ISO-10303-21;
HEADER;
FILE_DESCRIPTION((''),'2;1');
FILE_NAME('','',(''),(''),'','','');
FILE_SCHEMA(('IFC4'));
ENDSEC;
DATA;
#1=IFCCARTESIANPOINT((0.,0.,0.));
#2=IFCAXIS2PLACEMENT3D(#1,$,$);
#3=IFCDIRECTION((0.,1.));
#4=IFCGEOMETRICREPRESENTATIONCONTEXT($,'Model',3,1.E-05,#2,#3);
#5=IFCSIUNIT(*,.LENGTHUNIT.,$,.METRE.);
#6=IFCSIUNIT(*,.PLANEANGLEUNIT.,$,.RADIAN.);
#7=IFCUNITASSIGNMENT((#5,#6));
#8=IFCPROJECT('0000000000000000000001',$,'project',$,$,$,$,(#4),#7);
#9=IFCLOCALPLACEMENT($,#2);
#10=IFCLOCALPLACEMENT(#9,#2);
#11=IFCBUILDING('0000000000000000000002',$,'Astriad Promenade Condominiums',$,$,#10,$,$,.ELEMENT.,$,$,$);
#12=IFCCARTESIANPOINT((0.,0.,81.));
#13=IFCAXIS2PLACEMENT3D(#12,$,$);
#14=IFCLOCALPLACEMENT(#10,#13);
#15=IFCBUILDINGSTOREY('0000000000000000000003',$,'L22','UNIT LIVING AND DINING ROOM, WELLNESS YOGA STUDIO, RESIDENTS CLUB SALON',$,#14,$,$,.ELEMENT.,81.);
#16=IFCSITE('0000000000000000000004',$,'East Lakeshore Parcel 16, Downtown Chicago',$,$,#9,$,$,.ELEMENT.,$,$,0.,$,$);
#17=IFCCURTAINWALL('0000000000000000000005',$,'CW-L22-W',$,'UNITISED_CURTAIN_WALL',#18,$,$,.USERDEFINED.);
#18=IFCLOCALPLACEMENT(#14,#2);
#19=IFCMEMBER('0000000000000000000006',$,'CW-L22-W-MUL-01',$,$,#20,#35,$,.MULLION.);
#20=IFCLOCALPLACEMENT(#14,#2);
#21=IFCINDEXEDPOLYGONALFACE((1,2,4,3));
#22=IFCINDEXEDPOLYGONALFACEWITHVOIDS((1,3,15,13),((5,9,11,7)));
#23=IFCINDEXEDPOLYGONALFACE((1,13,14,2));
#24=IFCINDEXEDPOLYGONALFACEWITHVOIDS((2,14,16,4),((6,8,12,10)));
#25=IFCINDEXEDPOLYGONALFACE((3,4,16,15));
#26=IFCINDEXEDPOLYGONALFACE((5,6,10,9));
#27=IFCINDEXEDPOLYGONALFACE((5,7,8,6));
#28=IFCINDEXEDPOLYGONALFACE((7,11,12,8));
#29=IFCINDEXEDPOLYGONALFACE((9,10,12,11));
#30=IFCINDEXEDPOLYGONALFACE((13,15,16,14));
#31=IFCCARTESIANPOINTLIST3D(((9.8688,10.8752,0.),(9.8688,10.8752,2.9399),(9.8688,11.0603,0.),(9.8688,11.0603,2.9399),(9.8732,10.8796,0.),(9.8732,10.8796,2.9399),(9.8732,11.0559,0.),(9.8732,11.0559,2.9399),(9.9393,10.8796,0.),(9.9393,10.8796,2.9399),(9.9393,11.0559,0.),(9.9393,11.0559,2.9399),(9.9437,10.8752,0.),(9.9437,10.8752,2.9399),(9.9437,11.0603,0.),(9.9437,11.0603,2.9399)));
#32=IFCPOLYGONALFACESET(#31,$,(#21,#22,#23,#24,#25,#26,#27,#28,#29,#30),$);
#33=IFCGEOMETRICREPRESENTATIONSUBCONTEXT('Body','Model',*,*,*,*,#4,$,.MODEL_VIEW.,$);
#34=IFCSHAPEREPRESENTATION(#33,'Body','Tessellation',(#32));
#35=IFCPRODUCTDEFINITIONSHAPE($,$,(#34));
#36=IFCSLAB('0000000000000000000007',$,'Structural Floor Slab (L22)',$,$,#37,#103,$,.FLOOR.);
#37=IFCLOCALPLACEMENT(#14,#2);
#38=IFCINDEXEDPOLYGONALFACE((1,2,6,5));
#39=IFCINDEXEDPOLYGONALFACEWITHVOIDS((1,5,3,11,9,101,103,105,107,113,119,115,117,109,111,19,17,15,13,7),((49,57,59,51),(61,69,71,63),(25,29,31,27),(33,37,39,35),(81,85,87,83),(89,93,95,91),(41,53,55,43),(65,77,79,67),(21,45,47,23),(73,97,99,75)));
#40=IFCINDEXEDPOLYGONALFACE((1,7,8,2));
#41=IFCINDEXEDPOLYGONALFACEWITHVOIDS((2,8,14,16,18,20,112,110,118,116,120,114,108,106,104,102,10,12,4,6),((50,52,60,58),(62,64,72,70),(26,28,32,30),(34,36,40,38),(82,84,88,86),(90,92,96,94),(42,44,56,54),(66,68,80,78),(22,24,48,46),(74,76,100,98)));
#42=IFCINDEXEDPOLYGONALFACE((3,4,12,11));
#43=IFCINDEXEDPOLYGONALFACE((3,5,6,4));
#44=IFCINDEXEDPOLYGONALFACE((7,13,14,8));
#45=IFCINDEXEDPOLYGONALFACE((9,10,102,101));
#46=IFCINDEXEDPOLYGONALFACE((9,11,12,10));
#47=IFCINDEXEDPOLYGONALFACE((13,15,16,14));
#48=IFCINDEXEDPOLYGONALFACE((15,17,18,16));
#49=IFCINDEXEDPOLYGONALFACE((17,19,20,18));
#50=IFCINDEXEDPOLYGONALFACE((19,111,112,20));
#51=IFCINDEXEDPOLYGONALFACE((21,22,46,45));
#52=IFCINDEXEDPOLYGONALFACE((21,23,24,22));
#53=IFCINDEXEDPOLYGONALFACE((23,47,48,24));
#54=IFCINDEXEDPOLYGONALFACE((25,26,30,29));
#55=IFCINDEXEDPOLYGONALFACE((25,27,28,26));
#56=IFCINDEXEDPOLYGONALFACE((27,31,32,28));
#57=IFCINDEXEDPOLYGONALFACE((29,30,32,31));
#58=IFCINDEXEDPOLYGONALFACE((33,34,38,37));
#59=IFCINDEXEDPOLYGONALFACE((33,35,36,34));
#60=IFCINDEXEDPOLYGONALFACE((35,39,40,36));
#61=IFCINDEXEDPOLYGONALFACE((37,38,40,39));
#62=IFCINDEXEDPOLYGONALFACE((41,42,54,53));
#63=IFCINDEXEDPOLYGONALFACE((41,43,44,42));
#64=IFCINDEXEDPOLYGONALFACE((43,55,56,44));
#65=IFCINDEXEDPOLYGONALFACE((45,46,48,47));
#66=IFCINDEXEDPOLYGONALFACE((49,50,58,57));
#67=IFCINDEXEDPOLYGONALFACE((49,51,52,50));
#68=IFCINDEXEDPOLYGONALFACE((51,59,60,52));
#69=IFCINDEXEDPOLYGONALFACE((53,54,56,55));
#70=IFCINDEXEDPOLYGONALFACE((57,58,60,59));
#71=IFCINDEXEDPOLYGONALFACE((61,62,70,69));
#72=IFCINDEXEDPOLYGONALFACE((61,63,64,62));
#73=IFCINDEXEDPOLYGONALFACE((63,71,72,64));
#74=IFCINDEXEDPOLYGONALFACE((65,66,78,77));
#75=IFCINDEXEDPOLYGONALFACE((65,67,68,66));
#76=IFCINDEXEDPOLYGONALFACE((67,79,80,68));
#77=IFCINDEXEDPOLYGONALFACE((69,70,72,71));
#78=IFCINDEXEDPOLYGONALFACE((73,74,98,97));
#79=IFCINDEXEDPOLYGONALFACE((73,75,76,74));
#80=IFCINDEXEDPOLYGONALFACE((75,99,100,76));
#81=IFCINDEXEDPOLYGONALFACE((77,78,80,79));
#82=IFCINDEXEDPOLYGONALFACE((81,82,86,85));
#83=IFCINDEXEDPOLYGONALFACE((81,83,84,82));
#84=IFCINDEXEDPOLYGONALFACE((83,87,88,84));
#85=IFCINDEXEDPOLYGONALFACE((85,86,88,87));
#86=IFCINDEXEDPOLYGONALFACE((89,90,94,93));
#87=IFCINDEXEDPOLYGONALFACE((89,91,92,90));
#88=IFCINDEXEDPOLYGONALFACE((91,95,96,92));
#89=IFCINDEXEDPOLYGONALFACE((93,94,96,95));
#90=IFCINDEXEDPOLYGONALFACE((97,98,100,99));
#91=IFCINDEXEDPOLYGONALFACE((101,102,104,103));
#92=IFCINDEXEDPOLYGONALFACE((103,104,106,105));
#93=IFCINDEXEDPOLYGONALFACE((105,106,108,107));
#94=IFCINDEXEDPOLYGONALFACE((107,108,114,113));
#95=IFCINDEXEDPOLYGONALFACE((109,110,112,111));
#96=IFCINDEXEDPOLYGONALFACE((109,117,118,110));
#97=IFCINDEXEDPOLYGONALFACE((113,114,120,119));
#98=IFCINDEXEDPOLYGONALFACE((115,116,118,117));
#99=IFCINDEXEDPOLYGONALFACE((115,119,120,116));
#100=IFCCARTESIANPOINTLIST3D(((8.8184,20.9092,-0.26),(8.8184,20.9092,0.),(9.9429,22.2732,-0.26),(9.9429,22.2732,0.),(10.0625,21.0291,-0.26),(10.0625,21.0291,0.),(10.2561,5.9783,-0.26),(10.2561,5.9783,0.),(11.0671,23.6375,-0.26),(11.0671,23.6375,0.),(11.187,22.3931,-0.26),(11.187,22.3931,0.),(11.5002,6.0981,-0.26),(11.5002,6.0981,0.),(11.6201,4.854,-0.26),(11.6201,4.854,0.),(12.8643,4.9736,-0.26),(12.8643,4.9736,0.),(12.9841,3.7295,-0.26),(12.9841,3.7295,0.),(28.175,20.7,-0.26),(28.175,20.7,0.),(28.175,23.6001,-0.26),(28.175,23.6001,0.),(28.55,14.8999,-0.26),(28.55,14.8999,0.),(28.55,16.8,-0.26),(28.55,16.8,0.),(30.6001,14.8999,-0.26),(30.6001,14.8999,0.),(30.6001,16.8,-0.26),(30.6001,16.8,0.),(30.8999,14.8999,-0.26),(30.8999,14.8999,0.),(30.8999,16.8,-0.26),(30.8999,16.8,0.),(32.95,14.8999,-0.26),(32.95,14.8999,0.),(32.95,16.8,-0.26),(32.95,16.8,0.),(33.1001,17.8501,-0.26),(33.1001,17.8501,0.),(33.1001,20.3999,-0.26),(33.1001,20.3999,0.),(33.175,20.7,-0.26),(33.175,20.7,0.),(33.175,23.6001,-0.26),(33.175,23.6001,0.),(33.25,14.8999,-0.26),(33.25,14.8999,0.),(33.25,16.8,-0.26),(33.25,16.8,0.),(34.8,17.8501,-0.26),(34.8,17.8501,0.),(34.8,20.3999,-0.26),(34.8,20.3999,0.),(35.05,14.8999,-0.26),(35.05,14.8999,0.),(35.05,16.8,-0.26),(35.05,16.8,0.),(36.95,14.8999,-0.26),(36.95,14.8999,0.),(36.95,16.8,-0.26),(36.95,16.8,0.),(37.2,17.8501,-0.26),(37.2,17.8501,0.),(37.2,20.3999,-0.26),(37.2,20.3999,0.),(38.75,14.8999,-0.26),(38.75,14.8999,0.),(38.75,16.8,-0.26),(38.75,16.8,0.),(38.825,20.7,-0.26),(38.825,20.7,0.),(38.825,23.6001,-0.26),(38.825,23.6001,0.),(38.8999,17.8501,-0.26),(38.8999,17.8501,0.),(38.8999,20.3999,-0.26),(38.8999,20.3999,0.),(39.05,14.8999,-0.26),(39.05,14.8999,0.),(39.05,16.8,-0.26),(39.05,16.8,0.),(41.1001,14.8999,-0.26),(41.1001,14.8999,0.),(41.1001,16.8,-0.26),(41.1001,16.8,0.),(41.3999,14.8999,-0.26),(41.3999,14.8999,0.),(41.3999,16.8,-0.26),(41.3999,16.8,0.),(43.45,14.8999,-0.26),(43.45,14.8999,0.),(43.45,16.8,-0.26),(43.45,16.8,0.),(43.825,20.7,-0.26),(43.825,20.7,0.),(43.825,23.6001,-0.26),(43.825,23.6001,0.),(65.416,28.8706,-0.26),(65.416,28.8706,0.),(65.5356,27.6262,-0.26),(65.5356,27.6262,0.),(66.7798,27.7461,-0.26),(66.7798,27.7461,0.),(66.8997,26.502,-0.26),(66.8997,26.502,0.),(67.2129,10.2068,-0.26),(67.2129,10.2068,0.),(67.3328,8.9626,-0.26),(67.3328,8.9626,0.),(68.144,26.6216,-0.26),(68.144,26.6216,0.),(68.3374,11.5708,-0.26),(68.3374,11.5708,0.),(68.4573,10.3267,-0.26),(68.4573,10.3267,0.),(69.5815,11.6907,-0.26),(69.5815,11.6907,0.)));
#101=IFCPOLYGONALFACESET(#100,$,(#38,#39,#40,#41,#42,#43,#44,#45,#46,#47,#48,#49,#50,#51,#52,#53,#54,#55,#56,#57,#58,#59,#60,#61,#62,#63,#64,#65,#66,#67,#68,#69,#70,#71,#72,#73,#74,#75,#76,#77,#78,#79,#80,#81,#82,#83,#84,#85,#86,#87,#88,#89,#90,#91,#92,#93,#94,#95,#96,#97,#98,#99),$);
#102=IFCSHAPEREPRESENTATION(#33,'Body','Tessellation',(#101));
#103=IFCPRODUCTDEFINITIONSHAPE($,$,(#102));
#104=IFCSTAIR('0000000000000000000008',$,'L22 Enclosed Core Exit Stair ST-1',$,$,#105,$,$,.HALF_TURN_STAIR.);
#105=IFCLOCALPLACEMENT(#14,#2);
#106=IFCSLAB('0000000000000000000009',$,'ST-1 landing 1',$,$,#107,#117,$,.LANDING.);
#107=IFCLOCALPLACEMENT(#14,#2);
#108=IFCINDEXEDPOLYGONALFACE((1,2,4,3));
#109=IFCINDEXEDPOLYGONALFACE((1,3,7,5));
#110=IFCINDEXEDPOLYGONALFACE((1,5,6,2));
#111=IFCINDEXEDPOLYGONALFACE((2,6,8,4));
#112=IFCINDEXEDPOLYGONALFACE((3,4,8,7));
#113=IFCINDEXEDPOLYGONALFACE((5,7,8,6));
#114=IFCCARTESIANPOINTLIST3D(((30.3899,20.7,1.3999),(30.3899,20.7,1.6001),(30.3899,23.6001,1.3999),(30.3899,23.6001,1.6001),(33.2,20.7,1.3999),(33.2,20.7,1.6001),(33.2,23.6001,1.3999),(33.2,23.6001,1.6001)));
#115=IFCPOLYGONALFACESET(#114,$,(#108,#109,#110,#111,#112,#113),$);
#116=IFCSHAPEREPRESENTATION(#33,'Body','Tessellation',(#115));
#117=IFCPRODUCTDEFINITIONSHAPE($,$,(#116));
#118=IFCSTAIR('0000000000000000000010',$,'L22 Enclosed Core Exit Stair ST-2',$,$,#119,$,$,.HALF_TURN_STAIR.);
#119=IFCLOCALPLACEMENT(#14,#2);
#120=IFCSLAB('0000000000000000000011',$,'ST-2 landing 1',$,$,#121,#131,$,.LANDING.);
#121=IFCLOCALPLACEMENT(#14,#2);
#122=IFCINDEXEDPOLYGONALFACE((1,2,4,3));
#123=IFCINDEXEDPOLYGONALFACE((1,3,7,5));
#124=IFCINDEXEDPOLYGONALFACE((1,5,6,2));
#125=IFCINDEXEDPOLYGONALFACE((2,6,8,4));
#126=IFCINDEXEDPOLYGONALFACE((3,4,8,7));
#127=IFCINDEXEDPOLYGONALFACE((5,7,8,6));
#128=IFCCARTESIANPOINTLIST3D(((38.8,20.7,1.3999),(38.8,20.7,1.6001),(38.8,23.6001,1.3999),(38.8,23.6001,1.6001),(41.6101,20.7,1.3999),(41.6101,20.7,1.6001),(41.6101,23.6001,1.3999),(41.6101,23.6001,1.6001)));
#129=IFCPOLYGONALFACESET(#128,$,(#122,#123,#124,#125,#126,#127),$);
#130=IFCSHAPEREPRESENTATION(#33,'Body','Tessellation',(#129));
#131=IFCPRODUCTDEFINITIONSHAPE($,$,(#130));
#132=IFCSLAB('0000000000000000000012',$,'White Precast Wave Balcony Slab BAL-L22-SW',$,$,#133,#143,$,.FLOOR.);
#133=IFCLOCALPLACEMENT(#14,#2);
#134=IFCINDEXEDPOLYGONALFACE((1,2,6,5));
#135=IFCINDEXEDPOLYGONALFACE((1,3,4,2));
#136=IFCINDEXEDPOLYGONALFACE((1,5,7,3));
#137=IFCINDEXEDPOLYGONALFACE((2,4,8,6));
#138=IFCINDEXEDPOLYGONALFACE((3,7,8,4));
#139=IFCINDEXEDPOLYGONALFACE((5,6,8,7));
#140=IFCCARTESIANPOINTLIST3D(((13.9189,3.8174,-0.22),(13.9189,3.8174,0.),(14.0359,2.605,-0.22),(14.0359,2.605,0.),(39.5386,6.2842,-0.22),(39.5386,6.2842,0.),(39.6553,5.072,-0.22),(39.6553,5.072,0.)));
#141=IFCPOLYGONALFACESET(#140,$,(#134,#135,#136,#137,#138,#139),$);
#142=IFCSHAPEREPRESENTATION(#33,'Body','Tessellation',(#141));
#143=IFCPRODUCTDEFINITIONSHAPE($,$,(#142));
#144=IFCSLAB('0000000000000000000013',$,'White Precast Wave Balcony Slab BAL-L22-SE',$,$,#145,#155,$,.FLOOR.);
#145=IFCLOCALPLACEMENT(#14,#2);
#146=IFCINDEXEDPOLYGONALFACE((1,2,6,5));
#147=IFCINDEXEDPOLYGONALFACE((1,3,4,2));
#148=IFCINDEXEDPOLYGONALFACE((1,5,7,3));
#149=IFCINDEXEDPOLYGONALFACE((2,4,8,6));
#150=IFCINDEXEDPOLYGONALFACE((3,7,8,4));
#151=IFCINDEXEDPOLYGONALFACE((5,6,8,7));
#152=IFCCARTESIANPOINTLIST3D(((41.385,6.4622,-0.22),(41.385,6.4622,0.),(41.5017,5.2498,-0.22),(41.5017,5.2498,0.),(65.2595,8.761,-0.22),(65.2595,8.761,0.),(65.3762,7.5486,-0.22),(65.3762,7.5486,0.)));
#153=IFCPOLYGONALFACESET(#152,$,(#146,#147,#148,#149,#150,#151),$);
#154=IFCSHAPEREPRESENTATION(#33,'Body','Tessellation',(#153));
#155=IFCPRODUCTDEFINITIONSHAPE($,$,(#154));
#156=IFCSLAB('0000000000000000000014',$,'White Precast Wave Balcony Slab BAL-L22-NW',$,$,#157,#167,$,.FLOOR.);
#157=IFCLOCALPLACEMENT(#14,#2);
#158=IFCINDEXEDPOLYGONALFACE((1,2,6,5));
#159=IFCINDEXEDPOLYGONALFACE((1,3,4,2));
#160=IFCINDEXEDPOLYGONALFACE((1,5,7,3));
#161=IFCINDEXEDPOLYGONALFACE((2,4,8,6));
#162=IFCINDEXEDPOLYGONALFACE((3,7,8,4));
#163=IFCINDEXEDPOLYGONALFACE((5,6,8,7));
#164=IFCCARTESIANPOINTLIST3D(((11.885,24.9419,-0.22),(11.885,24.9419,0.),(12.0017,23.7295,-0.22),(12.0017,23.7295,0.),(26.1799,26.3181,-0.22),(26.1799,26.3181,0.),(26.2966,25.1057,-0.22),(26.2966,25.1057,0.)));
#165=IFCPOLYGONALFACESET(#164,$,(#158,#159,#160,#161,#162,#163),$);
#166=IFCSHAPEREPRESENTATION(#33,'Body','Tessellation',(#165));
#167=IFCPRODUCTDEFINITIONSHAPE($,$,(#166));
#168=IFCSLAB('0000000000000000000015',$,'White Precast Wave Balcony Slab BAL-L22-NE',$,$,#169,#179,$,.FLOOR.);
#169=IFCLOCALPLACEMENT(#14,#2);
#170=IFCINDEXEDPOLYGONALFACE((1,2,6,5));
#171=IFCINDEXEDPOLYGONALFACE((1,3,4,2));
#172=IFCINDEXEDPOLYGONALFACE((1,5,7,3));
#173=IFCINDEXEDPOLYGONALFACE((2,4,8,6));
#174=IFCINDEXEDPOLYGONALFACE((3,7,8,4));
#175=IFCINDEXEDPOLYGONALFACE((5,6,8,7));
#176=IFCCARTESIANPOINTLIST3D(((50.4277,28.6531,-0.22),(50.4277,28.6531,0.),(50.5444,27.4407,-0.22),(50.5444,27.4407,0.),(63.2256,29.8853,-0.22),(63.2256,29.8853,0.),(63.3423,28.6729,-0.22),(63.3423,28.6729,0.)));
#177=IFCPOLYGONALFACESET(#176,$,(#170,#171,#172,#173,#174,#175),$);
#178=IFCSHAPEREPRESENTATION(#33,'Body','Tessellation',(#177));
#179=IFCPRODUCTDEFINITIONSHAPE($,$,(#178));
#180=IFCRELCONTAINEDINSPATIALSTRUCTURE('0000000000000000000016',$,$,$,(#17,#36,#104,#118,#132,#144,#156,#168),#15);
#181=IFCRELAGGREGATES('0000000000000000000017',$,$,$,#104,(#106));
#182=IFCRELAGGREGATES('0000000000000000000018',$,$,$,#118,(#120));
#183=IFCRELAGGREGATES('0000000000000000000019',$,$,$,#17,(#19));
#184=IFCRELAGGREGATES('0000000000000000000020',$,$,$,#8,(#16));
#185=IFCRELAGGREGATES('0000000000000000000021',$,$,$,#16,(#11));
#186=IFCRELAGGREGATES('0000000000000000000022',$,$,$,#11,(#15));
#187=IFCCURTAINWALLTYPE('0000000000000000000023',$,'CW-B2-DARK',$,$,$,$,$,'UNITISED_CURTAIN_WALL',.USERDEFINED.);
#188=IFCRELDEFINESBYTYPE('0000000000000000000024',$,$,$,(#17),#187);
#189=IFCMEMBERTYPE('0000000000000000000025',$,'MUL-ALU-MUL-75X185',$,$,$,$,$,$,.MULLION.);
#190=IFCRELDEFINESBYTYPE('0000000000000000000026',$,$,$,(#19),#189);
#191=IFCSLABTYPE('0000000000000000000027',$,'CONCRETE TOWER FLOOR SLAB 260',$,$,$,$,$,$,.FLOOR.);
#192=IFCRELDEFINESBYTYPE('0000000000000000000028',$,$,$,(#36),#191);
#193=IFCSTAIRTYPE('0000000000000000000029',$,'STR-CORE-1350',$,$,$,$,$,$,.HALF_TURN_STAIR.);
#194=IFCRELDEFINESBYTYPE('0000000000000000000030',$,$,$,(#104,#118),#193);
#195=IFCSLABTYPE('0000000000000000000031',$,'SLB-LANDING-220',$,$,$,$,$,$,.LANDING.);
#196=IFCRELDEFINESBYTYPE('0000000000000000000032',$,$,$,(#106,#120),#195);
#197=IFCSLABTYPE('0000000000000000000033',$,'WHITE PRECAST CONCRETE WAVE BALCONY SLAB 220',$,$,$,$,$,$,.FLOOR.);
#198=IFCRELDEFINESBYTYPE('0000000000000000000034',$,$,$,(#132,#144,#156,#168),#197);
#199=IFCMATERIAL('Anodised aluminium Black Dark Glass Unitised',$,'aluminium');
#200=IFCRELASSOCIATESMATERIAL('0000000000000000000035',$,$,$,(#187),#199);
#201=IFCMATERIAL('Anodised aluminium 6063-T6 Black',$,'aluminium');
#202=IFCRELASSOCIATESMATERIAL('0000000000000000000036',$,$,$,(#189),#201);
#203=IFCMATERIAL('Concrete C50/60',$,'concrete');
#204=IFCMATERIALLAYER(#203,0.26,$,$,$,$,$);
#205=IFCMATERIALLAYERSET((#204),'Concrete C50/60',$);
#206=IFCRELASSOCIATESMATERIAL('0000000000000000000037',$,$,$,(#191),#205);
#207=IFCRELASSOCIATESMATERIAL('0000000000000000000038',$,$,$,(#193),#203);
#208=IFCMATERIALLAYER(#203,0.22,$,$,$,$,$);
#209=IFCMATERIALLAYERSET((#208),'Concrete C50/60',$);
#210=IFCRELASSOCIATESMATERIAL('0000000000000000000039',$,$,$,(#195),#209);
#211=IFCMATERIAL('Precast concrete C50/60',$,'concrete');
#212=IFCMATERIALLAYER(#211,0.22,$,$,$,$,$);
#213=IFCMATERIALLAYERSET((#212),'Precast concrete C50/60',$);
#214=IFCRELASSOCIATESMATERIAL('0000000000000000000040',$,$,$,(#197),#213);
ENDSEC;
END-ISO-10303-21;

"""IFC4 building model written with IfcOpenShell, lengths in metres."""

from ifc_helpers import new_model, si_unit, direction, frame, origin, origin_2d, place, context, subcontext, project, spatial, polyline, hollow_rectangle, outline, extrude, source, transform, mapped, material, layer, layer_set, material_profile, profile_set, type_object, type_shapes, element, aggregate, save


model = new_model("IFC4")

# Units and contexts
model_context = context("Model", 3, precision=1e-05, world=origin(), true_north=direction((0.0, 1.0)))
body_context = subcontext(model_context, "Body", "Model", "MODEL_VIEW")
ifc_project = project(units=[si_unit("LENGTHUNIT", "METRE"), si_unit("PLANEANGLEUNIT", "RADIAN")], contexts=[model_context])

# Site, building, storey
site_placement = place(None, origin())
site = spatial("IfcSite", under=ifc_project, at=site_placement, Name="East Lakeshore Parcel 16, Downtown Chicago", CompositionType="ELEMENT", RefElevation=0.0)
building_placement = place(site_placement, origin())
building = spatial("IfcBuilding", under=site, at=building_placement, Name="Astriad Promenade Condominiums", CompositionType="ELEMENT")
storey_placement = place(building_placement, frame((0.0, 0.0, 81.0)))
storey = spatial("IfcBuildingStorey", under=building, at=storey_placement, Name="L22", Description="UNIT LIVING AND DINING ROOM, WELLNESS YOGA STUDIO, RESIDENTS CLUB SALON", CompositionType="ELEMENT", Elevation=81.0)

# Curtain wall, member
ifc_material_1 = material(Name="Anodised aluminium Black Dark Glass Unitised", Category="aluminium")
curtain_wall_type = type_object("IfcCurtainWallType", Name="CW-B2-DARK", ElementType="UNITISED_CURTAIN_WALL", PredefinedType="USERDEFINED", material=ifc_material_1)
curtain_wall_placement = place(storey_placement, origin())
curtain_wall = element("IfcCurtainWall", 1, at=curtain_wall_placement, inside=storey, type_object=curtain_wall_type, Name="CW-L22-W", ObjectType="UNITISED_CURTAIN_WALL", PredefinedType="USERDEFINED")
ifc_material_2 = material(Name="Anodised aluminium 6063-T6 Black", Category="aluminium")
ifc_material_profile = material_profile(ifc_material_2, hollow_rectangle(XDim=0.075, YDim=0.1851, WallThickness=0.0044, at=origin_2d()), Name="ALU-MUL-75X185")
ifc_profile_set = profile_set([ifc_material_profile], Name="Anodised aluminium 6063-T6 Black")
member_type = type_object("IfcMemberType", Name="MUL-ALU-MUL-75X185", PredefinedType="MULLION", material=ifc_profile_set)
shared_shape_1 = source(origin(), body_context, "Body", "SweptSolid", [
    extrude(hollow_rectangle(XDim=0.075, YDim=0.1851, WallThickness=0.0044, at=origin_2d()), origin(), (0.0, 0.0, 1.0), 2.9399),
])
type_shapes(member_type, [shared_shape_1])
member_placement = place(storey_placement, frame((9.9062, 10.9678, 0.0), z_axis=(0.0, 0.0, 1.0), x_axis=(1.0, 0.0, 0.0)))
member = element("IfcMember", 2, at=member_placement, type_object=member_type, Name="CW-L22-W-MUL-01", PredefinedType="MULLION", context=body_context, shape_type="MappedRepresentation", body=[
    mapped(shared_shape_1, transform((0.0, 0.0, 0.0), scale=1.0)),
])

# Slab
ifc_material_3 = material(Name="Concrete C50/60", Category="concrete")
ifc_layer_1 = layer(ifc_material_3, 0.26)
ifc_layer_set_1 = layer_set([ifc_layer_1], Name="Concrete C50/60")
slab_type_1 = type_object("IfcSlabType", Name="CONCRETE TOWER FLOOR SLAB 260", PredefinedType="FLOOR", material=ifc_layer_set_1)
slab_1_placement = place(storey_placement, frame((0.0, 0.0, -0.26)))
element("IfcSlab", 3, at=slab_1_placement, inside=storey, type_object=slab_type_1, Name="Structural Floor Slab (L22)", PredefinedType="FLOOR", context=body_context, shape_type="SweptSolid", body=[
    extrude(outline(polyline([(12.9841, 3.7295), (67.3328, 8.9626), (67.2129, 10.2068), (68.4573, 10.3267), (68.3374, 11.5708), (69.5815, 11.6907), (68.144, 26.6216), (66.8997, 26.502), (66.7798, 27.7461), (65.5356, 27.6262), (65.416, 28.8706), (11.0671, 23.6375), (11.187, 22.3931), (9.9429, 22.2732), (10.0625, 21.0291), (8.8184, 20.9092), (10.2561, 5.9783), (11.5002, 6.0981), (11.6201, 4.854), (12.8643, 4.9736), (12.9841, 3.7295)]), holes=[polyline([(28.175, 20.7), (33.175, 20.7), (33.175, 23.6001), (28.175, 23.6001), (28.175, 20.7)]), polyline([(38.825, 20.7), (43.825, 20.7), (43.825, 23.6001), (38.825, 23.6001), (38.825, 20.7)]), polyline([(33.1001, 17.8501), (34.8, 17.8501), (34.8, 20.3999), (33.1001, 20.3999), (33.1001, 17.8501)]), polyline([(37.2, 17.8501), (38.8999, 17.8501), (38.8999, 20.3999), (37.2, 20.3999), (37.2, 17.8501)]), polyline([(28.55, 14.8999), (30.6001, 14.8999), (30.6001, 16.8), (28.55, 16.8), (28.55, 14.8999)]), polyline([(30.8999, 14.8999), (32.95, 14.8999), (32.95, 16.8), (30.8999, 16.8), (30.8999, 14.8999)]), polyline([(33.25, 14.8999), (35.05, 14.8999), (35.05, 16.8), (33.25, 16.8), (33.25, 14.8999)]), polyline([(36.95, 14.8999), (38.75, 14.8999), (38.75, 16.8), (36.95, 16.8), (36.95, 14.8999)]), polyline([(39.05, 14.8999), (41.1001, 14.8999), (41.1001, 16.8), (39.05, 16.8), (39.05, 14.8999)]), polyline([(41.3999, 14.8999), (43.45, 14.8999), (43.45, 16.8), (41.3999, 16.8), (41.3999, 14.8999)])]), origin(), (0.0, 0.0, 1.0), 0.26),
])

# Stairs, slabs
stair_type = type_object("IfcStairType", Name="STR-CORE-1350", PredefinedType="HALF_TURN_STAIR", material=ifc_material_3)
stair_1_placement = place(storey_placement, origin())
stair_1 = element("IfcStair", 4, at=stair_1_placement, inside=storey, type_object=stair_type, Name="L22 Enclosed Core Exit Stair ST-1", PredefinedType="HALF_TURN_STAIR")
ifc_layer_2 = layer(ifc_material_3, 0.22)
ifc_layer_set_2 = layer_set([ifc_layer_2], Name="Concrete C50/60")
slab_type_2 = type_object("IfcSlabType", Name="SLB-LANDING-220", PredefinedType="LANDING", material=ifc_layer_set_2)
slab_2_placement = place(storey_placement, frame((0.0, 0.0, 1.3999)))
slab_2 = element("IfcSlab", 5, at=slab_2_placement, type_object=slab_type_2, Name="ST-1 landing 1", PredefinedType="LANDING", context=body_context, shape_type="SweptSolid", body=[
    extrude(outline(polyline([(30.3899, 20.7), (33.2, 20.7), (33.2, 23.6001), (30.3899, 23.6001), (30.3899, 20.7)])), origin(), (0.0, 0.0, 1.0), 0.2002),
])
aggregate(stair_1, [slab_2])
stair_2_placement = place(storey_placement, origin())
stair_2 = element("IfcStair", 6, at=stair_2_placement, inside=storey, type_object=stair_type, Name="L22 Enclosed Core Exit Stair ST-2", PredefinedType="HALF_TURN_STAIR")
slab_3_placement = place(storey_placement, frame((0.0, 0.0, 1.3999)))
slab_3 = element("IfcSlab", 7, at=slab_3_placement, type_object=slab_type_2, Name="ST-2 landing 1", PredefinedType="LANDING", context=body_context, shape_type="SweptSolid", body=[
    extrude(outline(polyline([(41.6101, 23.6001), (38.8, 23.6001), (38.8, 20.7), (41.6101, 20.7), (41.6101, 23.6001)])), origin(), (0.0, 0.0, 1.0), 0.2002),
])
aggregate(stair_2, [slab_3])

# Slabs
ifc_material_4 = material(Name="Precast concrete C50/60", Category="concrete")
ifc_layer_3 = layer(ifc_material_4, 0.22)
ifc_layer_set_3 = layer_set([ifc_layer_3], Name="Precast concrete C50/60")
slab_type_3 = type_object("IfcSlabType", Name="WHITE PRECAST CONCRETE WAVE BALCONY SLAB 220", PredefinedType="FLOOR", material=ifc_layer_set_3)
slab_4_placement = place(storey_placement, frame((0.0, 0.0, -0.22)))
element("IfcSlab", 8, at=slab_4_placement, inside=storey, type_object=slab_type_3, Name="White Precast Wave Balcony Slab BAL-L22-SW", PredefinedType="FLOOR", context=body_context, shape_type="SweptSolid", body=[
    extrude(outline(polyline([(39.6553, 5.072), (14.0359, 2.605), (13.9189, 3.8174), (39.5386, 6.2842), (39.6553, 5.072)])), origin(), (0.0, 0.0, 1.0), 0.22),
])
slab_5_placement = place(storey_placement, frame((0.0, 0.0, -0.22)))
element("IfcSlab", 9, at=slab_5_placement, inside=storey, type_object=slab_type_3, Name="White Precast Wave Balcony Slab BAL-L22-SE", PredefinedType="FLOOR", context=body_context, shape_type="SweptSolid", body=[
    extrude(outline(polyline([(65.3762, 7.5486), (41.5017, 5.2498), (41.385, 6.4622), (65.2595, 8.761), (65.3762, 7.5486)])), origin(), (0.0, 0.0, 1.0), 0.22),
])
slab_6_placement = place(storey_placement, frame((0.0, 0.0, -0.22)))
element("IfcSlab", 10, at=slab_6_placement, inside=storey, type_object=slab_type_3, Name="White Precast Wave Balcony Slab BAL-L22-NW", PredefinedType="FLOOR", context=body_context, shape_type="SweptSolid", body=[
    extrude(outline(polyline([(11.885, 24.9419), (26.1799, 26.3181), (26.2966, 25.1057), (12.0017, 23.7295), (11.885, 24.9419)])), origin(), (0.0, 0.0, 1.0), 0.22),
])
slab_7_placement = place(storey_placement, frame((0.0, 0.0, -0.22)))
element("IfcSlab", 11, at=slab_7_placement, inside=storey, type_object=slab_type_3, Name="White Precast Wave Balcony Slab BAL-L22-NE", PredefinedType="FLOOR", context=body_context, shape_type="SweptSolid", body=[
    extrude(outline(polyline([(50.4277, 28.6531), (63.2256, 29.8853), (63.3423, 28.6729), (50.5444, 27.4407), (50.4277, 28.6531)])), origin(), (0.0, 0.0, 1.0), 0.22),
])

aggregate(curtain_wall, [member])

save(model, "model.ifc")
